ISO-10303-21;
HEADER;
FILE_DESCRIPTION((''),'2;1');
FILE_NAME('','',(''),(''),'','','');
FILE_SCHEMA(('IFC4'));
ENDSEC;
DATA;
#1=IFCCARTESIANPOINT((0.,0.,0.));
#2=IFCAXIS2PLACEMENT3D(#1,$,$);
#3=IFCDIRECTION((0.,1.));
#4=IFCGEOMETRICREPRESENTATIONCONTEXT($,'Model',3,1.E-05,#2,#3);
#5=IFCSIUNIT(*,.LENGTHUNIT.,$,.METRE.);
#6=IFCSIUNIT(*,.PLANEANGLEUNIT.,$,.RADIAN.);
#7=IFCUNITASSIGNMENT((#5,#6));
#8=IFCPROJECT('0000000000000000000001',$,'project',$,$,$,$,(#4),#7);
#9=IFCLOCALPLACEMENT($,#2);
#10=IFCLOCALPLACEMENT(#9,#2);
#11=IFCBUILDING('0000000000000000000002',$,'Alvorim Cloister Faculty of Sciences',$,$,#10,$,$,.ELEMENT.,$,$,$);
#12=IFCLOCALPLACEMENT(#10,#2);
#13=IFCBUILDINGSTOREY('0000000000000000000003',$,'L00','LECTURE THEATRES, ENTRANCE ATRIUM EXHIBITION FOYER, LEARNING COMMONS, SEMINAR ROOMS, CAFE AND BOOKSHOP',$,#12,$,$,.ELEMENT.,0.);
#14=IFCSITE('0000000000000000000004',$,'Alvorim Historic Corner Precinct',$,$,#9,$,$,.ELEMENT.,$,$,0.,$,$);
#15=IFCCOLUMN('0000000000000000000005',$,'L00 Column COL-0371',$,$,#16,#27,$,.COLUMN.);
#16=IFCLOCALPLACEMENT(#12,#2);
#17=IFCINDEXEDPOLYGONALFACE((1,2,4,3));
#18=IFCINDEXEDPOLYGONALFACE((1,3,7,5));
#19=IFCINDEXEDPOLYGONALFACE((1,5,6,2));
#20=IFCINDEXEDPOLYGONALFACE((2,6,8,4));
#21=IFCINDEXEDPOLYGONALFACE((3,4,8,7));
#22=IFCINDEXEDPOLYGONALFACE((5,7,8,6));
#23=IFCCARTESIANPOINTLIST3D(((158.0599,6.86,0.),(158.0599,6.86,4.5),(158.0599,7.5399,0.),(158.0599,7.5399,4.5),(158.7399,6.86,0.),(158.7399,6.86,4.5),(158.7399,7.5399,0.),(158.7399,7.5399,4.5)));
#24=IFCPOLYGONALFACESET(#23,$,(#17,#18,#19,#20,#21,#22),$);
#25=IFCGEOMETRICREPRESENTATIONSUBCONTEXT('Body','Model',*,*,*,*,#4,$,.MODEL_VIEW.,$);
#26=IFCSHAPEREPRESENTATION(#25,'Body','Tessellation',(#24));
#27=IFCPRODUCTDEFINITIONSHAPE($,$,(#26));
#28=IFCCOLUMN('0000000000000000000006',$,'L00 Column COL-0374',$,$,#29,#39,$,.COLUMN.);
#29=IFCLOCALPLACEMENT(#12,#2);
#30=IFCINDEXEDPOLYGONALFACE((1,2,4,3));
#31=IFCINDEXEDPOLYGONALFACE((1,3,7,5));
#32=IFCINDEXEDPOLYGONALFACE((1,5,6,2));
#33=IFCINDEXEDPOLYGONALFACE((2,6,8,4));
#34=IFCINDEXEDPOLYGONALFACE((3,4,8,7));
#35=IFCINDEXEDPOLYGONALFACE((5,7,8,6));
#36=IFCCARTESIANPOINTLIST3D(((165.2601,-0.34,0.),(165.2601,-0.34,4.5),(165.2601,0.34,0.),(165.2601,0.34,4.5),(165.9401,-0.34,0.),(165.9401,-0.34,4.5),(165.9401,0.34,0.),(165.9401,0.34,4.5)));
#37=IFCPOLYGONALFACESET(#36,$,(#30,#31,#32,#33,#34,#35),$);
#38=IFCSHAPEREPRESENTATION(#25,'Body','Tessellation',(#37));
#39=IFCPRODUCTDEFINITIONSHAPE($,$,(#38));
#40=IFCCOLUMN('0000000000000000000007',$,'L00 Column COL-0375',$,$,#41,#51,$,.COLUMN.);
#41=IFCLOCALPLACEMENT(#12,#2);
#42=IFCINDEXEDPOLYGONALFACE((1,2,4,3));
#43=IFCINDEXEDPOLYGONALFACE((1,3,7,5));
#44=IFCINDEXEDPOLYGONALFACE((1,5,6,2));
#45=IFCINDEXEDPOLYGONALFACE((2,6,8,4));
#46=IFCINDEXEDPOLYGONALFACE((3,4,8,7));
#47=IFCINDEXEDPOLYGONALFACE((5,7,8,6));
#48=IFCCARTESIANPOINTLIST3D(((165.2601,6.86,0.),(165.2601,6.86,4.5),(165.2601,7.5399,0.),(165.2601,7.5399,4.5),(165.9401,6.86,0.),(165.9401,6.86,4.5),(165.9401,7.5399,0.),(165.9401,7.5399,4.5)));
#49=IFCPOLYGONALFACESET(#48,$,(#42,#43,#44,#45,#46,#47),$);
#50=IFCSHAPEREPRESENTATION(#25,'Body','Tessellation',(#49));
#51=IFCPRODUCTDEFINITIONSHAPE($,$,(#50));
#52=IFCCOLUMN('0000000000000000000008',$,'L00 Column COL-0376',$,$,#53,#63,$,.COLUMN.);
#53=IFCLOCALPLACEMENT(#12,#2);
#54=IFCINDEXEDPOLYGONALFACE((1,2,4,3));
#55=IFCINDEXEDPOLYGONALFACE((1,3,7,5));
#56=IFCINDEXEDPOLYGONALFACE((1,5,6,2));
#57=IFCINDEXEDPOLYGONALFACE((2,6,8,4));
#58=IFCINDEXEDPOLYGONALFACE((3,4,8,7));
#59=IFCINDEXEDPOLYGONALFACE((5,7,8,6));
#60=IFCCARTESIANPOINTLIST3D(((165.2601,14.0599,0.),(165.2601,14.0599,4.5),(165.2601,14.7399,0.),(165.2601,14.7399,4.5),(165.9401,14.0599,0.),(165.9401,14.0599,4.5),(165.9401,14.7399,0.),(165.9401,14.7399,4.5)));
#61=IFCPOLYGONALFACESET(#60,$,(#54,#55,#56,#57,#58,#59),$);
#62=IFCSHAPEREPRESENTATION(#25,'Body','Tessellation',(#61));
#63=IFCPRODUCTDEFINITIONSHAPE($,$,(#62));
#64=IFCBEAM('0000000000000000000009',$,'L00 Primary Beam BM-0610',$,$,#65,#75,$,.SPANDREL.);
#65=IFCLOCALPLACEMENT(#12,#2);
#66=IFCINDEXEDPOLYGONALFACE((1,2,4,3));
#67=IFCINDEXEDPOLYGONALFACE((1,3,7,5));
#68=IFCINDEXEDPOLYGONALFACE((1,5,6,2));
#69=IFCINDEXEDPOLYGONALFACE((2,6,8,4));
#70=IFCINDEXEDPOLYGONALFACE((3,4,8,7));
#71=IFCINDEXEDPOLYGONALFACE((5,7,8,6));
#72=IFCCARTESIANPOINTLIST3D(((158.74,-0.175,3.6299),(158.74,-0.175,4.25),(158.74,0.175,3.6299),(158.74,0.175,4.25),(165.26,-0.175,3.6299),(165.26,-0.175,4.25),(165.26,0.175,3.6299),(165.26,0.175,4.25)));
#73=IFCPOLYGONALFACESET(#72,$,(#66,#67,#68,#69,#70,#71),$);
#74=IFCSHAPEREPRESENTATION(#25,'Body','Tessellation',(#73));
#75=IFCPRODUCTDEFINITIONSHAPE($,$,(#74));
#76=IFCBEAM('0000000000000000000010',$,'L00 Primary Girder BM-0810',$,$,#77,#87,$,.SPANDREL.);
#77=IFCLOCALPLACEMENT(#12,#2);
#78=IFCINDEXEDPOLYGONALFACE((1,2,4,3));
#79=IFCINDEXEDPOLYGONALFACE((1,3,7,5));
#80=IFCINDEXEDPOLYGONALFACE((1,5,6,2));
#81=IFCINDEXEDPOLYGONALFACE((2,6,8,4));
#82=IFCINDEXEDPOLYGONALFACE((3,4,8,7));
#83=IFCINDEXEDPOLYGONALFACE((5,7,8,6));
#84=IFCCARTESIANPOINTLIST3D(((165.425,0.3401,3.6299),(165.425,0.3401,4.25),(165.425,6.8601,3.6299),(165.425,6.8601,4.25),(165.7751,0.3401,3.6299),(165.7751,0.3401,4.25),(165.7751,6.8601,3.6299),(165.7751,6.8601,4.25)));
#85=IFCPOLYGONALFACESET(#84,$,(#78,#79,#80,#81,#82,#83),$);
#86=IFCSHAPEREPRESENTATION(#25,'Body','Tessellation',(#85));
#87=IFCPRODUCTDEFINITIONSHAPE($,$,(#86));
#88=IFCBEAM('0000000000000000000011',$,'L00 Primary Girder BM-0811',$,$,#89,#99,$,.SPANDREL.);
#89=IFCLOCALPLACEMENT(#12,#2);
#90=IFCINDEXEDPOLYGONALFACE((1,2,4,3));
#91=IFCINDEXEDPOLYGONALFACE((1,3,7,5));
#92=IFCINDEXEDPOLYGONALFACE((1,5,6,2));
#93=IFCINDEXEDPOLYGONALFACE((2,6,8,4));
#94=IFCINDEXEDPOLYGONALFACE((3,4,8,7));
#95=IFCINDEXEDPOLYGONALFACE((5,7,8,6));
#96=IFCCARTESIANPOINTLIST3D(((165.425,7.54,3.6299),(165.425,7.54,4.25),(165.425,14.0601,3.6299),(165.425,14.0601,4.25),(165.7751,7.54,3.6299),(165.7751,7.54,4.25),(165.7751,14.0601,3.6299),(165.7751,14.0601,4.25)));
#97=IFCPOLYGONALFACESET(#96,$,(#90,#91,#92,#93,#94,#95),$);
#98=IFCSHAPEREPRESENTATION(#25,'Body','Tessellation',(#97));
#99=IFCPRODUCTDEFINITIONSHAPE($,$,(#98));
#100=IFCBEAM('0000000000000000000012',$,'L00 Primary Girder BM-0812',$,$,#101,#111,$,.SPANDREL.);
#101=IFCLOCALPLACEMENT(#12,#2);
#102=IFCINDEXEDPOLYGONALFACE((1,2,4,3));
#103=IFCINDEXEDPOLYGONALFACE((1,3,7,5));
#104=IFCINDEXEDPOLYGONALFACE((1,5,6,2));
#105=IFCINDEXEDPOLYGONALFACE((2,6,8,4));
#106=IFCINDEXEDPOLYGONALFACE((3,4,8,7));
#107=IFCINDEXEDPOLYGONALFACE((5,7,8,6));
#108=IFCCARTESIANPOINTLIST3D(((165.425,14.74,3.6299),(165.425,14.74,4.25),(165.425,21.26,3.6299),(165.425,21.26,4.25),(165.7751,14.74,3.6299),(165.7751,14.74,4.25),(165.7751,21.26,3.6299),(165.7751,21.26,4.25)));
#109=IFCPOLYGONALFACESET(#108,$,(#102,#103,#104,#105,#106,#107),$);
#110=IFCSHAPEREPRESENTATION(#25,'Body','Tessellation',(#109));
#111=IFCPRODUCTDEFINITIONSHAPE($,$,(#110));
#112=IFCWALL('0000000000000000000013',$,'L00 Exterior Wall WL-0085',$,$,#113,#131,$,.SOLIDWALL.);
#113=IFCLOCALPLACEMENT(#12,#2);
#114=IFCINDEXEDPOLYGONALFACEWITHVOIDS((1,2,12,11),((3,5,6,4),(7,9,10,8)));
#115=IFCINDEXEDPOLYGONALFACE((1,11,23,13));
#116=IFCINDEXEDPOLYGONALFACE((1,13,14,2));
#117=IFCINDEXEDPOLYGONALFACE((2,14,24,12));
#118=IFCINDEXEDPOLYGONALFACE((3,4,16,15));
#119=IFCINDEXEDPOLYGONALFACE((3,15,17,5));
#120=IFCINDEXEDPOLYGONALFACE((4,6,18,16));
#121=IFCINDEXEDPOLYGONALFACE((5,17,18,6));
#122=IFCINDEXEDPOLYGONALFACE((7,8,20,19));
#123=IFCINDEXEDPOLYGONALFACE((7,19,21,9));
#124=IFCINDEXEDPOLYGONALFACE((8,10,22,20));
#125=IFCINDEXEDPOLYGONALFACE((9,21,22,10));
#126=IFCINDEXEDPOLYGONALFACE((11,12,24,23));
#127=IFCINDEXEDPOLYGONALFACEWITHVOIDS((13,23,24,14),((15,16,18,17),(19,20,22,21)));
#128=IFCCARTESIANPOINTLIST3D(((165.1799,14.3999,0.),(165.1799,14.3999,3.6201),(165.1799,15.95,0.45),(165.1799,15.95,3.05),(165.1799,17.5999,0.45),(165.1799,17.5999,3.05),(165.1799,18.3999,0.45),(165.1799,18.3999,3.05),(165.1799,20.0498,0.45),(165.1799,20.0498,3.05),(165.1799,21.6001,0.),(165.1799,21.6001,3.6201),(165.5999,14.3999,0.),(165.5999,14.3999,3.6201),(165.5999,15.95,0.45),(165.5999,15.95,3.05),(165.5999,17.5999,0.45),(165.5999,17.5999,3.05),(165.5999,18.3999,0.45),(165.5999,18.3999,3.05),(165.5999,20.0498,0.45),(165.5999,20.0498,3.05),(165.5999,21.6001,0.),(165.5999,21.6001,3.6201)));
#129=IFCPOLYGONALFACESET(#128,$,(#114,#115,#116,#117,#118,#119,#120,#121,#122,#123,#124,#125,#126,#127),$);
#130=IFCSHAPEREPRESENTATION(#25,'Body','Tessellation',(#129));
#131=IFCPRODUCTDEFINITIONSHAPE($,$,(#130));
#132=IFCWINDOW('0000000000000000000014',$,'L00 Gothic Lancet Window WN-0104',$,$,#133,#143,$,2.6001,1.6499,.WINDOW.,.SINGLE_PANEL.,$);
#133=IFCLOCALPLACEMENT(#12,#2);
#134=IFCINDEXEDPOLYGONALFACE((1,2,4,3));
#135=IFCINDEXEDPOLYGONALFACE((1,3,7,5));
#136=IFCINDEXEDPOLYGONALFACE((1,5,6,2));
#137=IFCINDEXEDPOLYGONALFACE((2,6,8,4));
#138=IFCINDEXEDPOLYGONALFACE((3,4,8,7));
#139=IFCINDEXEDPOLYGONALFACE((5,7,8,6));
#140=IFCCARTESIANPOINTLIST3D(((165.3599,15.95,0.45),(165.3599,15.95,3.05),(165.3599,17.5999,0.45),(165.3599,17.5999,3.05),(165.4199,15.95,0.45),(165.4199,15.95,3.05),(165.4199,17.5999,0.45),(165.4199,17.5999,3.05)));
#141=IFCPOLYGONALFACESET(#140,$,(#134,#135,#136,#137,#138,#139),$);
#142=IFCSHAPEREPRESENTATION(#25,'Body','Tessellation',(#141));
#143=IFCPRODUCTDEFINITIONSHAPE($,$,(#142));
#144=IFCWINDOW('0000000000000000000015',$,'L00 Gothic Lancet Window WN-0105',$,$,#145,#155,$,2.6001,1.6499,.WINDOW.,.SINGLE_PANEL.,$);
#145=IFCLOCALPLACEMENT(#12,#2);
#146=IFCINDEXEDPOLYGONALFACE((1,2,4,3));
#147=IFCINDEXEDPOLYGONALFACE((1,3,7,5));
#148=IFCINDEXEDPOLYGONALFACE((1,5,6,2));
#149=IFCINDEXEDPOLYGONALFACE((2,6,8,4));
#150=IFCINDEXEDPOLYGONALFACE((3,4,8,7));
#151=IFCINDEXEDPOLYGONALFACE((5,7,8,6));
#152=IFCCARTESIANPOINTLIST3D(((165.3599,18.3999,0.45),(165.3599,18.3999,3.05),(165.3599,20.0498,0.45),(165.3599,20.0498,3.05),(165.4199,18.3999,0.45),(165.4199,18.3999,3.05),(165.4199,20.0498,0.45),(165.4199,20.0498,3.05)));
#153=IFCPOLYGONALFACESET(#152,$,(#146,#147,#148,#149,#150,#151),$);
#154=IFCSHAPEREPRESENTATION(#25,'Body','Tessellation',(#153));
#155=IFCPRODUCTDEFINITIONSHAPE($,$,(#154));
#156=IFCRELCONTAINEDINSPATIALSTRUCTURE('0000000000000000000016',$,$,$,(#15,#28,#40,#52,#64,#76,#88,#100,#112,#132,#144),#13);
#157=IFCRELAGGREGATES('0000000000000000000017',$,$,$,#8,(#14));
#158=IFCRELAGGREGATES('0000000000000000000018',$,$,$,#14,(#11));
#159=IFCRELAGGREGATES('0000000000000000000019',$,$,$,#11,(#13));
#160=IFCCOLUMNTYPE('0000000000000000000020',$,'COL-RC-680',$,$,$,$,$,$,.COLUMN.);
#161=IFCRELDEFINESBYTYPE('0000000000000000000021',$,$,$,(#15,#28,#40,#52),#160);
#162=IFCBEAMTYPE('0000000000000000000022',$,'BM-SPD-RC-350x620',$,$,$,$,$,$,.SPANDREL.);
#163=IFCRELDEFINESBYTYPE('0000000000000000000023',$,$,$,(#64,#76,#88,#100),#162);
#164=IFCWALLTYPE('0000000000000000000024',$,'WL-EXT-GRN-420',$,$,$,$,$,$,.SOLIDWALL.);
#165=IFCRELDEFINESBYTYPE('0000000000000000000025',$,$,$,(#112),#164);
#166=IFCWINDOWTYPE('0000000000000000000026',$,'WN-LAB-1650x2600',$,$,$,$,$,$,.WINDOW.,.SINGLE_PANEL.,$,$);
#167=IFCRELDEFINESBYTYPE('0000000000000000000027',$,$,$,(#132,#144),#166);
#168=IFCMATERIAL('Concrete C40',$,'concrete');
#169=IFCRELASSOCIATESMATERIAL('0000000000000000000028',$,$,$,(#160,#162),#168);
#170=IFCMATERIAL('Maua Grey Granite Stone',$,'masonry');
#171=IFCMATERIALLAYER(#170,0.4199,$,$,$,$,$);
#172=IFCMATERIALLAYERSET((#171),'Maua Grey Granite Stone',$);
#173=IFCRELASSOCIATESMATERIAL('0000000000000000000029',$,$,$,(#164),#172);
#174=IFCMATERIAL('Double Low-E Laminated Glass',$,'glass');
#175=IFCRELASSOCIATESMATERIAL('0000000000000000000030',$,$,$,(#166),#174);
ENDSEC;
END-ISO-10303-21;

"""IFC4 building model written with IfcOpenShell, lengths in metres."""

from ifc_helpers import new_model, si_unit, direction, frame, frame_2d, origin, origin_2d, place, context, subcontext, project, spatial, rectangle, extrude, material, layer, layer_set, material_profile, profile_set, type_object, element, fill, save


model = new_model("IFC4")

# Units and contexts
model_context = context("Model", 3, precision=1e-05, world=origin(), true_north=direction((0.0, 1.0)))
body_context = subcontext(model_context, "Body", "Model", "MODEL_VIEW")
ifc_project = project(units=[si_unit("LENGTHUNIT", "METRE"), si_unit("PLANEANGLEUNIT", "RADIAN")], contexts=[model_context])

# Site, building, storey
site_placement = place(None, origin())
site = spatial("IfcSite", under=ifc_project, at=site_placement, Name="Alvorim Historic Corner Precinct", CompositionType="ELEMENT", RefElevation=0.0)
building_placement = place(site_placement, origin())
building = spatial("IfcBuilding", under=site, at=building_placement, Name="Alvorim Cloister Faculty of Sciences", CompositionType="ELEMENT")
storey_placement = place(building_placement, origin())
storey = spatial("IfcBuildingStorey", under=building, at=storey_placement, Name="L00", Description="LECTURE THEATRES, ENTRANCE ATRIUM EXHIBITION FOYER, LEARNING COMMONS, SEMINAR ROOMS, CAFE AND BOOKSHOP", CompositionType="ELEMENT", Elevation=0.0)

# Columns
ifc_material_1 = material(Name="Concrete C40", Category="concrete")
ifc_material_profile_1 = material_profile(ifc_material_1, rectangle(XDim=0.6799, YDim=0.6799, at=origin_2d()), Name="RC40-COL-680x680")
ifc_profile_set_1 = profile_set([ifc_material_profile_1], Name="Concrete C40")
column_type = type_object("IfcColumnType", Name="COL-RC-680", PredefinedType="COLUMN", material=ifc_profile_set_1)
for number, where, z_axis, x_axis, name in (
    (1, (158.3999, 7.2, 0.0), (0.0, 0.0, 1.0), (1.0, 0.0, 0.0), "L00 Column COL-0371"),
    (2, (165.6001, 0.0, 0.0), (0.0, 0.0, 1.0), (1.0, 0.0, 0.0), "L00 Column COL-0374"),
    (3, (165.6001, 7.2, 0.0), (0.0, 0.0, 1.0), (1.0, 0.0, 0.0), "L00 Column COL-0375"),
    (4, (165.6001, 14.3999, 0.0), (0.0, 0.0, 1.0), (1.0, 0.0, 0.0), "L00 Column COL-0376"),
):
    element("IfcColumn", number, at=place(storey_placement, frame(where, z_axis=z_axis, x_axis=x_axis)), inside=storey, type_object=column_type, Name=name, PredefinedType="COLUMN", context=body_context, shape_type="SweptSolid", body=[
        extrude(rectangle(XDim=0.6799, YDim=0.6799, at=origin_2d()), origin(), (0.0, 0.0, 1.0), 4.5),
    ])

# Beams
ifc_material_profile_2 = material_profile(ifc_material_1, rectangle(XDim=0.3501, YDim=0.6201, at=origin_2d()), Name="RC40-SPD-350x620")
ifc_profile_set_2 = profile_set([ifc_material_profile_2], Name="Concrete C40")
beam_type = type_object("IfcBeamType", Name="BM-SPD-RC-350x620", PredefinedType="SPANDREL", material=ifc_profile_set_2)
for number, where, z_axis, x_axis, name in (
    (5, (158.74, 0.0, 3.9399), (1.0, 0.0, 0.0), (0.0, 1.0, 0.0), "L00 Primary Beam BM-0610"),
    (6, (165.6001, 0.3401, 3.9399), (0.0, 1.0, 0.0), (-1.0, 0.0, 0.0), "L00 Primary Girder BM-0810"),
    (7, (165.6001, 7.54, 3.9399), (0.0, 1.0, 0.0), (-1.0, 0.0, 0.0), "L00 Primary Girder BM-0811"),
    (8, (165.6001, 14.74, 3.9399), (0.0, 1.0, 0.0), (-1.0, 0.0, 0.0), "L00 Primary Girder BM-0812"),
):
    element("IfcBeam", number, at=place(storey_placement, frame(where, z_axis=z_axis, x_axis=x_axis)), inside=storey, type_object=beam_type, Name=name, PredefinedType="SPANDREL", context=body_context, shape_type="SweptSolid", body=[
        extrude(rectangle(XDim=0.3501, YDim=0.6201, at=origin_2d()), origin(), (0.0, 0.0, 1.0), 6.52),
    ])

# Wall, openings, windows
ifc_material_2 = material(Name="Maua Grey Granite Stone", Category="masonry")
ifc_layer_1 = layer(ifc_material_2, 0.4199)
ifc_layer_set_1 = layer_set([ifc_layer_1], Name="Maua Grey Granite Stone")
wall_type_1 = type_object("IfcWallType", Name="WL-EXT-GRN-420", PredefinedType="SOLIDWALL", material=ifc_layer_set_1)
wall_1_placement = place(storey_placement, frame((165.3899, 14.3999, 0.0), z_axis=(0.0, 0.0, 1.0), x_axis=(0.0, 1.0, 0.0)))
wall_1 = element("IfcWall", 9, at=wall_1_placement, inside=storey, type_object=wall_type_1, Name="L00 Exterior Wall WL-0085", PredefinedType="SOLIDWALL", context=body_context, shape_type="SweptSolid", body=[
    extrude(rectangle(XDim=7.2002, YDim=0.4199, at=frame_2d((3.6001, 0.0))), origin(), (0.0, 0.0, 1.0), 3.6201),
])
opening_1_placement = place(wall_1_placement, frame((1.55, 0.0, 0.45)))
opening_1 = element("IfcOpeningElement", 10, at=opening_1_placement, cuts=wall_1, PredefinedType="OPENING", context=body_context, shape_type="SweptSolid", body=[
    extrude(rectangle(XDim=1.6499, YDim=2.6001, at=frame_2d((0.825, 1.3))), frame((0.0, 0.2219, 0.0), z_axis=(0.0, -1.0, 0.0), x_axis=(1.0, 0.0, 0.0)), (0.0, 0.0, 1.0), 0.4438),
])
opening_2_placement = place(wall_1_placement, frame((4.0, 0.0, 0.45)))
opening_2 = element("IfcOpeningElement", 11, at=opening_2_placement, cuts=wall_1, PredefinedType="OPENING", context=body_context, shape_type="SweptSolid", body=[
    extrude(rectangle(XDim=1.6499, YDim=2.6001, at=frame_2d((0.825, 1.3))), frame((0.0, 0.2219, 0.0), z_axis=(0.0, -1.0, 0.0), x_axis=(1.0, 0.0, 0.0)), (0.0, 0.0, 1.0), 0.4438),
])
ifc_material_3 = material(Name="Double Low-E Laminated Glass", Category="glass")
window_type_1 = type_object("IfcWindowType", Name="WN-LAB-1650x2600", PartitioningType="SINGLE_PANEL", PredefinedType="WINDOW", material=ifc_material_3)
window_1_placement = place(opening_1_placement, origin())
window_1 = element("IfcWindow", 12, at=window_1_placement, inside=storey, type_object=window_type_1, Name="L00 Gothic Lancet Window WN-0104", OverallHeight=2.6001, OverallWidth=1.6499, PartitioningType="SINGLE_PANEL", PredefinedType="WINDOW", context=body_context, shape_type="SweptSolid", body=[
    extrude(rectangle(XDim=1.6499, YDim=2.6001, at=frame_2d((0.825, 1.3))), frame((0.0, 0.03, 0.0), z_axis=(0.0, -1.0, 0.0), x_axis=(1.0, 0.0, 0.0)), (0.0, 0.0, 1.0), 0.0601),
])
fill(opening_1, window_1)
window_2_placement = place(opening_2_placement, origin())
window_2 = element("IfcWindow", 13, at=window_2_placement, inside=storey, type_object=window_type_1, Name="L00 Gothic Lancet Window WN-0105", OverallHeight=2.6001, OverallWidth=1.6499, PartitioningType="SINGLE_PANEL", PredefinedType="WINDOW", context=body_context, shape_type="SweptSolid", body=[
    extrude(rectangle(XDim=1.6499, YDim=2.6001, at=frame_2d((0.825, 1.3))), frame((0.0, 0.03, 0.0), z_axis=(0.0, -1.0, 0.0), x_axis=(1.0, 0.0, 0.0)), (0.0, 0.0, 1.0), 0.0601),
])
fill(opening_2, window_2)

save(model, "model.ifc")
